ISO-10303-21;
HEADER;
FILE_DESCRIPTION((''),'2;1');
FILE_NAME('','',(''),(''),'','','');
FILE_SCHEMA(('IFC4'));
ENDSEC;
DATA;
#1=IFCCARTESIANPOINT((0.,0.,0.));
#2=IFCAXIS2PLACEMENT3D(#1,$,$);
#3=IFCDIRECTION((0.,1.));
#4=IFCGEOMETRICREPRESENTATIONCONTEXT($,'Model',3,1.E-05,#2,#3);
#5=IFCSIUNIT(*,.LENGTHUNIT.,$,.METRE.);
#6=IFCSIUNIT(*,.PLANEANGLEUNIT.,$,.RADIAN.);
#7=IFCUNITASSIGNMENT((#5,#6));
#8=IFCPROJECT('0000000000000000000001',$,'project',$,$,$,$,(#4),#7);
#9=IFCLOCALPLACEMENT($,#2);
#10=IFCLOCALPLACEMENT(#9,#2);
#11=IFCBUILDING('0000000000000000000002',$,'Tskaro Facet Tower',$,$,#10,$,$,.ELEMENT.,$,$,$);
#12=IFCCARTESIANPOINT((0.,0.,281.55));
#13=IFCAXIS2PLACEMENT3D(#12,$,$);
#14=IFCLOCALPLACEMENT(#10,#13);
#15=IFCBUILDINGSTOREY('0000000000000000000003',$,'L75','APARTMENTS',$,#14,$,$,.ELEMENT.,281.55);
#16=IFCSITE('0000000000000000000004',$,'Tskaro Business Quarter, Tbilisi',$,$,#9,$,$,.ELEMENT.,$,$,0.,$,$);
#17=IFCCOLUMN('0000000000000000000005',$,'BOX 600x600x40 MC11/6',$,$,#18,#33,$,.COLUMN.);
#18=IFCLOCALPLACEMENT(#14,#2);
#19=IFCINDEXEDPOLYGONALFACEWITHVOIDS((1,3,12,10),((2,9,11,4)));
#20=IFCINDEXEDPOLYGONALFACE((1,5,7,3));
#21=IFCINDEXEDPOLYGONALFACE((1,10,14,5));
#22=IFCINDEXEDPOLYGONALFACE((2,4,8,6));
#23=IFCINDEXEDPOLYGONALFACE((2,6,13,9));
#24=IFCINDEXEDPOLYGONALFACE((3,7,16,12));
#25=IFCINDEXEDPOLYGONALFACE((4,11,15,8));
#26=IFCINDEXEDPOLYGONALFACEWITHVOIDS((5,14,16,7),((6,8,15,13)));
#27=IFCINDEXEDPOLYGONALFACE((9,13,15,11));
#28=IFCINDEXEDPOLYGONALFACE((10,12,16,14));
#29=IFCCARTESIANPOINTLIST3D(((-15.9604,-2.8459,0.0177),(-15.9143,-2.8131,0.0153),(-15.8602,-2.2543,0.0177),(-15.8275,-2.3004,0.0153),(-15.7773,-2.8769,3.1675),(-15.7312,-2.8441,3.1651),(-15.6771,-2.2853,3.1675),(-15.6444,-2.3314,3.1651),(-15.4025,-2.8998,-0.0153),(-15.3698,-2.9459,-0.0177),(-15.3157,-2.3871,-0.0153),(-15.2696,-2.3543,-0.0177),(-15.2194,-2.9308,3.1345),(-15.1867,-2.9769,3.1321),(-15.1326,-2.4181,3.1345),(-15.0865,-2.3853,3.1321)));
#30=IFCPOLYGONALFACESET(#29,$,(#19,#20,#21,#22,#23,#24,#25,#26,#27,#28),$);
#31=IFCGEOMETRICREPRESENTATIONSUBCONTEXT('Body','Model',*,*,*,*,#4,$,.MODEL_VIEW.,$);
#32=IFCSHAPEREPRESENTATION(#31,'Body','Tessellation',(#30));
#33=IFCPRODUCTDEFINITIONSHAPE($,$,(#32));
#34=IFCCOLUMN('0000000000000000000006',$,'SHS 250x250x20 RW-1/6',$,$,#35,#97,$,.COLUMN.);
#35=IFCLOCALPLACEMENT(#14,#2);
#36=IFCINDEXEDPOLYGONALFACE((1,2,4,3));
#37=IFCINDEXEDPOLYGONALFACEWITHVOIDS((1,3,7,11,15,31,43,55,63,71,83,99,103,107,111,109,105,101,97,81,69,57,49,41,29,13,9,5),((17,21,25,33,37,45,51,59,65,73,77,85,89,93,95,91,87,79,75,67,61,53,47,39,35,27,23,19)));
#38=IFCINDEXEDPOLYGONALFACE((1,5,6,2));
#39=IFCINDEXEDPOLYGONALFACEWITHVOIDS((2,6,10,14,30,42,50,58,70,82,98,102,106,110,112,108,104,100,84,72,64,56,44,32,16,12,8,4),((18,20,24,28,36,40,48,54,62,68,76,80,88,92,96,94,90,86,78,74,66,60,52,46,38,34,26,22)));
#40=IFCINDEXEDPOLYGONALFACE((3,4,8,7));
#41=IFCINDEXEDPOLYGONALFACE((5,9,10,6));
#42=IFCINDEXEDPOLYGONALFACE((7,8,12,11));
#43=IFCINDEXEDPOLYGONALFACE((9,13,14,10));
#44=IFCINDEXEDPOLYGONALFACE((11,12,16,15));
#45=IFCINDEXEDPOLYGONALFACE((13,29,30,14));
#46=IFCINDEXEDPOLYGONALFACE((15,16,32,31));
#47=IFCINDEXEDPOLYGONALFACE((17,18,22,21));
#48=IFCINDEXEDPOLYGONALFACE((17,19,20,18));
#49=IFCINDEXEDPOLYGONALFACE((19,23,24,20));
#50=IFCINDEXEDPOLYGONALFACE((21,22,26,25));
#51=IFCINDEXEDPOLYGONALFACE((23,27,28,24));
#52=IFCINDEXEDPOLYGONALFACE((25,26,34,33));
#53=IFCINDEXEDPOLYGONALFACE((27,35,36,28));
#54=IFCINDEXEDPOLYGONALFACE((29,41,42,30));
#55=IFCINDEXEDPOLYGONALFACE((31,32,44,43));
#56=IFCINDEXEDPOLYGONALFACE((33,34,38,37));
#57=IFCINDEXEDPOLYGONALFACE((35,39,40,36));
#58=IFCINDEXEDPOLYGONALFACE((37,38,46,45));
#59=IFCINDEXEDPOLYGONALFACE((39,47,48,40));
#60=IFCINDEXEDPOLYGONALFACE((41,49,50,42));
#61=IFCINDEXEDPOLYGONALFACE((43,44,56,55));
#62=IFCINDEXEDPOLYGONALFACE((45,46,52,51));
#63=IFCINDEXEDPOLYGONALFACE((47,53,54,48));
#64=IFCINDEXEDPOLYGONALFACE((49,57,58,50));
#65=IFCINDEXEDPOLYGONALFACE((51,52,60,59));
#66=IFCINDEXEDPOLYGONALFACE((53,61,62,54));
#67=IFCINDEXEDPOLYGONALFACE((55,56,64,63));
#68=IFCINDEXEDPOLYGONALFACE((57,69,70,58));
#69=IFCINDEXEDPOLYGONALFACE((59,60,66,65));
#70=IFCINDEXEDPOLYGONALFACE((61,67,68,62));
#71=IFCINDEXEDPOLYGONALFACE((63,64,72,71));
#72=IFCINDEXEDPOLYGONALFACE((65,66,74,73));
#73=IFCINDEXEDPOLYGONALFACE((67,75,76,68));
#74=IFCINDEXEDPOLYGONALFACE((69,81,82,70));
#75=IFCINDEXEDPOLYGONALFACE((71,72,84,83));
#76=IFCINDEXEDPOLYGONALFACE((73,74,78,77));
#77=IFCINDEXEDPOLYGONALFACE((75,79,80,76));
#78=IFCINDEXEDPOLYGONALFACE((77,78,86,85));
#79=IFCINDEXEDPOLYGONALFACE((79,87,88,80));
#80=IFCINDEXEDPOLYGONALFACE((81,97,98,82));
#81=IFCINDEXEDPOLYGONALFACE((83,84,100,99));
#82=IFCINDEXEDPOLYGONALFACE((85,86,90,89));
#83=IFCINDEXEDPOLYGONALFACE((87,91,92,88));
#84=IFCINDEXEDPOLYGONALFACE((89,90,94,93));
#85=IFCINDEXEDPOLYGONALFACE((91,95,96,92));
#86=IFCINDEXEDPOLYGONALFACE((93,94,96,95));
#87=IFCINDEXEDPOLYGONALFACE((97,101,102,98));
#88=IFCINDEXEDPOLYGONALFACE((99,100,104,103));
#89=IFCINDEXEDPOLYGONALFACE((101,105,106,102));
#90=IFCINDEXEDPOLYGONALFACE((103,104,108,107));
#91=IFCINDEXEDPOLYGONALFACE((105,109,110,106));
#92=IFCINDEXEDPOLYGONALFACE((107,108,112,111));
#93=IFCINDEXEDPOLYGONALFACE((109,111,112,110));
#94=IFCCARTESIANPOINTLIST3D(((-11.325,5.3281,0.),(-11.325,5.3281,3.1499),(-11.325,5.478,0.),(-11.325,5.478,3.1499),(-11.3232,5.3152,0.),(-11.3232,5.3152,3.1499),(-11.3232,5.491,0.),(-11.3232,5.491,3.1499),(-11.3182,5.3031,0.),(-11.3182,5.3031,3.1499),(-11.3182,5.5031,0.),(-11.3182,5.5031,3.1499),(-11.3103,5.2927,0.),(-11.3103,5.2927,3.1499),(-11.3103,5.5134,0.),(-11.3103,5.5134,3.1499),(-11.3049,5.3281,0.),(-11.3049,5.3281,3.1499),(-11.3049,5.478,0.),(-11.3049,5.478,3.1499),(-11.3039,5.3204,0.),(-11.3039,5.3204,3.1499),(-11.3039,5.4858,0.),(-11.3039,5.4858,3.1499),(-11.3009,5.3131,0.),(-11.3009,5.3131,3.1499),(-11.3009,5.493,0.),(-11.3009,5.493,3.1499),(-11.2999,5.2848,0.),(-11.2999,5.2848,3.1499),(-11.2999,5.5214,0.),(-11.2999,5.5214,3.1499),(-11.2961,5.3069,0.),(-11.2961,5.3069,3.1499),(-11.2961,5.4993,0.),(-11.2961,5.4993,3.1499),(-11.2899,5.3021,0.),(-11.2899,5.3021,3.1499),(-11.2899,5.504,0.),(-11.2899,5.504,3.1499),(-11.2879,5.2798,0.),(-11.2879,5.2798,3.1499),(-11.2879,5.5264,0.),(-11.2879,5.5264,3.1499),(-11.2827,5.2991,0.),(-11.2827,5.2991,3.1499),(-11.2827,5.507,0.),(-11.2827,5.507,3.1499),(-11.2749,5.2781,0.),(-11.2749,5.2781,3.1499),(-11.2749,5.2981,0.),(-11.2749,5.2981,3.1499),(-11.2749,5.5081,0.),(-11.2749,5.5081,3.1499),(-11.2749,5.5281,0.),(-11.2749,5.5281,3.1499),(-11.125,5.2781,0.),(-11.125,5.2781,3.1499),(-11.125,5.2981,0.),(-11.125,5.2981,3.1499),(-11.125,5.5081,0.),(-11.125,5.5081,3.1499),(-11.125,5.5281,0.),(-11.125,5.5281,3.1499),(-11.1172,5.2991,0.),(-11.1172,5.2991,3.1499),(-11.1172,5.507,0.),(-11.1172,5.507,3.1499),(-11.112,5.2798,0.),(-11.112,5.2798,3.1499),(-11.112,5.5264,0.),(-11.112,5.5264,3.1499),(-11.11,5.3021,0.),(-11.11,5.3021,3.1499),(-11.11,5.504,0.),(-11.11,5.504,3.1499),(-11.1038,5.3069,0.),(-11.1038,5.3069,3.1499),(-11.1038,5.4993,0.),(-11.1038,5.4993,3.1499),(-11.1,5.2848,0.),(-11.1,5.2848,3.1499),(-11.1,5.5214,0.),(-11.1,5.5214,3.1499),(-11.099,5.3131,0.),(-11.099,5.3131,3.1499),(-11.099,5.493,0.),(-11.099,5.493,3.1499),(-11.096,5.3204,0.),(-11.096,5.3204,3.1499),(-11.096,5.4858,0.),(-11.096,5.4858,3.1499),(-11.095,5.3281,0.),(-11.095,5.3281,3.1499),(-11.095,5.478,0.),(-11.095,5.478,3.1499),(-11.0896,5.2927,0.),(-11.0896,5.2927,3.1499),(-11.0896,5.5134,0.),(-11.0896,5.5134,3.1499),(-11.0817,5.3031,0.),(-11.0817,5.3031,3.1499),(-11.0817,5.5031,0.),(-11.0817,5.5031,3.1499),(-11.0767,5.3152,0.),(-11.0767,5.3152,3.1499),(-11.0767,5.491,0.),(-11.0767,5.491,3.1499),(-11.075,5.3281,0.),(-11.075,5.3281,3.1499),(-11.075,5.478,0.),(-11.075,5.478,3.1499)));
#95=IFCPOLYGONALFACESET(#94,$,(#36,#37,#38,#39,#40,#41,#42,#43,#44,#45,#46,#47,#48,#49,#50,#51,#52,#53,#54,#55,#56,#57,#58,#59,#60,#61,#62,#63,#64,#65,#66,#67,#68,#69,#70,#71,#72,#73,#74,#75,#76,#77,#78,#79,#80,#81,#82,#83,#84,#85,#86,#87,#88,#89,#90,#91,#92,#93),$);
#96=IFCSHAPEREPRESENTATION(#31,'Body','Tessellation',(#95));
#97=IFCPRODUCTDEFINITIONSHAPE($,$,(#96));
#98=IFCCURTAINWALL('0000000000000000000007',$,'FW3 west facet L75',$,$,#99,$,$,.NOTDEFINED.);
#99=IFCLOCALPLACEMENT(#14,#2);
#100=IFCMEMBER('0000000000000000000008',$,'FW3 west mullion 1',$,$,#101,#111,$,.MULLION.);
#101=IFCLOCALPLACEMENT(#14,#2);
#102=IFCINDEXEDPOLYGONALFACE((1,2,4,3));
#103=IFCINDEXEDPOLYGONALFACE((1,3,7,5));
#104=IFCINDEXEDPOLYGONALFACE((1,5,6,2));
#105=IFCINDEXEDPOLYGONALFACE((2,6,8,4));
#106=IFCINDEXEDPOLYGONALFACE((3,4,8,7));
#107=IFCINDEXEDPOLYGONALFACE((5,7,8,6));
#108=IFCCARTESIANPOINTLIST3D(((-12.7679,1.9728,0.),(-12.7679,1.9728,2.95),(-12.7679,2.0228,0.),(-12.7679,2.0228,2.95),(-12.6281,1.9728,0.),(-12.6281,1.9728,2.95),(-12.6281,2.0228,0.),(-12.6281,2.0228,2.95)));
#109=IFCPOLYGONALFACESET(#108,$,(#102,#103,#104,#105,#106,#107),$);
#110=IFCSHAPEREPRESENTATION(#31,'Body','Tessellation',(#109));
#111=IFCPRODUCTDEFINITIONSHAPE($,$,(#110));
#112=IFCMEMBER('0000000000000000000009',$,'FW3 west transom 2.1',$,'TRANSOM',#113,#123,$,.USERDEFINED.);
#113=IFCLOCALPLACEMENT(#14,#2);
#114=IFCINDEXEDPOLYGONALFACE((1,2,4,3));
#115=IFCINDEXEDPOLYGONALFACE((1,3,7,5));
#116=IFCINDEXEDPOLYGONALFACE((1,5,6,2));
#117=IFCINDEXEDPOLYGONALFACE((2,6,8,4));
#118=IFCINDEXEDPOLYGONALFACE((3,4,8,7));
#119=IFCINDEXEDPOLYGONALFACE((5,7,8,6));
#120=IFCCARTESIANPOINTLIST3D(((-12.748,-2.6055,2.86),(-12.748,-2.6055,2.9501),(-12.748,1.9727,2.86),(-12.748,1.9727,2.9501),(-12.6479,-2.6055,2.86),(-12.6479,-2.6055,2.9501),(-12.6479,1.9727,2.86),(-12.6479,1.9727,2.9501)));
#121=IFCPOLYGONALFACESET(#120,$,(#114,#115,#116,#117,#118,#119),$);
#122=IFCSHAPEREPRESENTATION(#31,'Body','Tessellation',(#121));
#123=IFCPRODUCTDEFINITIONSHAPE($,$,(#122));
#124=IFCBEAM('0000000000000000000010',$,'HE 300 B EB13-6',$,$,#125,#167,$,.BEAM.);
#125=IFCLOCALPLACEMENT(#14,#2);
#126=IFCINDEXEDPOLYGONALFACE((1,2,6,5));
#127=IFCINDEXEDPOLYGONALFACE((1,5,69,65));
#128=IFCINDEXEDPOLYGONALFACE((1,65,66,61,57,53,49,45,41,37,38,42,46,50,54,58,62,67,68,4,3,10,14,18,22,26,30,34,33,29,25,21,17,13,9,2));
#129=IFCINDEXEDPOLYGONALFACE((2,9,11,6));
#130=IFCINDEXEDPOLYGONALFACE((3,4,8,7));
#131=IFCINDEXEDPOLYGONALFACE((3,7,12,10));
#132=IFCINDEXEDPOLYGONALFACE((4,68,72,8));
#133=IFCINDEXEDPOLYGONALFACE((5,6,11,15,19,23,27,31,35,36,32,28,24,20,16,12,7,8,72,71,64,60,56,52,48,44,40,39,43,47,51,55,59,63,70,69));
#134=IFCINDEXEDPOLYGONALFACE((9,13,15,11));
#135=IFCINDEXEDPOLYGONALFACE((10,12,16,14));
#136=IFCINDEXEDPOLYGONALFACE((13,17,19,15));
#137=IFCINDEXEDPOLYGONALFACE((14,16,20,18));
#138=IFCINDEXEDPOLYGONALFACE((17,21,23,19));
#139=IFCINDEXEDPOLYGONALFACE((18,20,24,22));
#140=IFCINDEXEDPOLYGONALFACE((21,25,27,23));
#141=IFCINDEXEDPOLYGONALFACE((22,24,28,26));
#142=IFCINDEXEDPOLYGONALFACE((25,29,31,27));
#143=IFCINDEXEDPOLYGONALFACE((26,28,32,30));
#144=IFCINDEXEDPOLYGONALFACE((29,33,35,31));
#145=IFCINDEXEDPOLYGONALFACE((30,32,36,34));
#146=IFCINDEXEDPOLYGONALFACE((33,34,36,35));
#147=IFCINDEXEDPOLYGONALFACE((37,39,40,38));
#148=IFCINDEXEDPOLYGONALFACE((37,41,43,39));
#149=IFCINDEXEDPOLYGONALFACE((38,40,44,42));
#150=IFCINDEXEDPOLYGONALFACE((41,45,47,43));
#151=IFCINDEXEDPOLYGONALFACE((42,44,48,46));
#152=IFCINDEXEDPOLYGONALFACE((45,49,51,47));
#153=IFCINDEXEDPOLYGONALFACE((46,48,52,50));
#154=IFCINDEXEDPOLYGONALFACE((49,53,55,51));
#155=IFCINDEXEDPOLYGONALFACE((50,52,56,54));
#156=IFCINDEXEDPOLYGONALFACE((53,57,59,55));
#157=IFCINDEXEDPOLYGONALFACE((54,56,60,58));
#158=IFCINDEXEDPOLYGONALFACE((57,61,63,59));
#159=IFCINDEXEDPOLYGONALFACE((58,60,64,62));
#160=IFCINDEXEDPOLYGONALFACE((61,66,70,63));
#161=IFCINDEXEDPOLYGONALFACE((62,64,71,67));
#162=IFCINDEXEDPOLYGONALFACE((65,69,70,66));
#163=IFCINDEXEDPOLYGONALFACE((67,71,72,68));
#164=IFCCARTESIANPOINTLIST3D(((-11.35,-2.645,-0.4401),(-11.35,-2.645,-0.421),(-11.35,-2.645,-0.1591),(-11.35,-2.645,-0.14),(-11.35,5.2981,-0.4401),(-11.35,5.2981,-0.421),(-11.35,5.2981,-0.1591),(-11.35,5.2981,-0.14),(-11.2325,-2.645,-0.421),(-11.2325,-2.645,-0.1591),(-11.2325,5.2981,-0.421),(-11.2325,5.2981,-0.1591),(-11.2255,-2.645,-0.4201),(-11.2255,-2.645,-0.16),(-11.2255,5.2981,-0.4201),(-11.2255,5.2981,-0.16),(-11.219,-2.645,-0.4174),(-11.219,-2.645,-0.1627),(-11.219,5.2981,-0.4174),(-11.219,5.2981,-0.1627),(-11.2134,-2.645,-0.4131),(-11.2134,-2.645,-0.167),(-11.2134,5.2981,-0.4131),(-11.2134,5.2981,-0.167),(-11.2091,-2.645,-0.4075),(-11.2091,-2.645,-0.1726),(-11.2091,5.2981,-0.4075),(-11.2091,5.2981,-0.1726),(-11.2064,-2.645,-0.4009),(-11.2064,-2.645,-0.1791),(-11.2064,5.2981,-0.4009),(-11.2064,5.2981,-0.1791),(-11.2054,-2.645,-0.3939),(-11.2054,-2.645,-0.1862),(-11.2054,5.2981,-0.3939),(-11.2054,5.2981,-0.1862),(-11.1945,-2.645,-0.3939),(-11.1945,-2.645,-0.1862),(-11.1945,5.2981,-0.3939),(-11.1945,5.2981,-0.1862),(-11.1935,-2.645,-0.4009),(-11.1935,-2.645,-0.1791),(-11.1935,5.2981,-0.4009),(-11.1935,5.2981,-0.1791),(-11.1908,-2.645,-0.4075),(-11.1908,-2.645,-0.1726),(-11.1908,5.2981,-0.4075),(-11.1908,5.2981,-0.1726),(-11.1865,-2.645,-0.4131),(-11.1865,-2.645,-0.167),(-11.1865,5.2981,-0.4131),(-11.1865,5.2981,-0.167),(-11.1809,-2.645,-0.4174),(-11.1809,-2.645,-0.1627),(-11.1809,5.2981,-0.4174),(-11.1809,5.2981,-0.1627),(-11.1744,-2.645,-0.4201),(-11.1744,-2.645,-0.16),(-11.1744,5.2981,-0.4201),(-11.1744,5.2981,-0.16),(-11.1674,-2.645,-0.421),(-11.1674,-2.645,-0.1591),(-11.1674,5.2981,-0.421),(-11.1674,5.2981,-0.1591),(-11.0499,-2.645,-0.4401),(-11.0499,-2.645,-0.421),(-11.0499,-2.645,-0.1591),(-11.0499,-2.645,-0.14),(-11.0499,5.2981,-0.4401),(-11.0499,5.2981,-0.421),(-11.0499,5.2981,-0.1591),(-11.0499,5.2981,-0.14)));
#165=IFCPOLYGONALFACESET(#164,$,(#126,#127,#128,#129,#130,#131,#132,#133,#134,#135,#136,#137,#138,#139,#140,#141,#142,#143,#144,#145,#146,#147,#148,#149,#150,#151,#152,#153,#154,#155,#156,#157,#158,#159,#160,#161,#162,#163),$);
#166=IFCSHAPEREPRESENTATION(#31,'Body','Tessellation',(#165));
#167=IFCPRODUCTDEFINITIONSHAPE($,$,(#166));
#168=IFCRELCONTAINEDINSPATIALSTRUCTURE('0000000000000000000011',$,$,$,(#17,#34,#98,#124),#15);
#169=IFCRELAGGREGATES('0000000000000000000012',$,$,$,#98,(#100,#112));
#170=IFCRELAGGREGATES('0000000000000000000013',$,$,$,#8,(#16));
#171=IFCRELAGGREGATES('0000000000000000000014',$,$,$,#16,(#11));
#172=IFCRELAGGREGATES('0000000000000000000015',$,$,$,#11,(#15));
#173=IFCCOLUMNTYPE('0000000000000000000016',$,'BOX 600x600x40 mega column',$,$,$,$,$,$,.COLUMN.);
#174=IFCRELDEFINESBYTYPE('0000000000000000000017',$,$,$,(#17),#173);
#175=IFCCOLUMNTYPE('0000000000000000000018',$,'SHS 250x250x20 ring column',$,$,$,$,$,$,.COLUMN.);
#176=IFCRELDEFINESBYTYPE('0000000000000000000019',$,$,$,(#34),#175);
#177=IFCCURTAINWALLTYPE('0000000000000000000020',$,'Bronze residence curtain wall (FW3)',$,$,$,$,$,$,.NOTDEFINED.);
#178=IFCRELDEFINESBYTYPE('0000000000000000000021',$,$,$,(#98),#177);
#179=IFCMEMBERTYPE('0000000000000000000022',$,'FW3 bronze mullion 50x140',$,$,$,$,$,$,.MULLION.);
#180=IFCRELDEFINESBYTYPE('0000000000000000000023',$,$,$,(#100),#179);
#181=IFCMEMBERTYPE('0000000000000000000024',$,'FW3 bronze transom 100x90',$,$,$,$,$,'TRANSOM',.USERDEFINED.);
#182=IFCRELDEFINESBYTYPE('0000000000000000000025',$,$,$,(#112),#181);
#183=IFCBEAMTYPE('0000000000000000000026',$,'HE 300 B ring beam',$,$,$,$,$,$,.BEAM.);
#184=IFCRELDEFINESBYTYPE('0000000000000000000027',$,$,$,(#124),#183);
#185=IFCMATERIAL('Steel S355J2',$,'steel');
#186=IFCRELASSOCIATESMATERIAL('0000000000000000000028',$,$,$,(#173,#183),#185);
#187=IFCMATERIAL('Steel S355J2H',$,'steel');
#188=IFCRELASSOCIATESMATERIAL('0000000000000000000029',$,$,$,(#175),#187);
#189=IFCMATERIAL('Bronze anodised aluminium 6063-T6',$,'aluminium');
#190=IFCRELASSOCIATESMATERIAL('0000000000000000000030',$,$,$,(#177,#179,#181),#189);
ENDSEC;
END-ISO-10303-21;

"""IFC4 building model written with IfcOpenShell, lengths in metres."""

from ifc_helpers import new_model, si_unit, direction, frame, origin, origin_2d, place, context, subcontext, project, spatial, rectangle, hollow_rectangle, i_section, extrude, material, material_profile, profile_set, type_object, element, aggregate, save


model = new_model("IFC4")

# Units and contexts
model_context = context("Model", 3, precision=1e-05, world=origin(), true_north=direction((0.0, 1.0)))
body_context = subcontext(model_context, "Body", "Model", "MODEL_VIEW")
ifc_project = project(units=[si_unit("LENGTHUNIT", "METRE"), si_unit("PLANEANGLEUNIT", "RADIAN")], contexts=[model_context])

# Site, building, storey
site_placement = place(None, origin())
site = spatial("IfcSite", under=ifc_project, at=site_placement, Name="Tskaro Business Quarter, Tbilisi", CompositionType="ELEMENT", RefElevation=0.0)
building_placement = place(site_placement, origin())
building = spatial("IfcBuilding", under=site, at=building_placement, Name="Tskaro Facet Tower", CompositionType="ELEMENT")
storey_placement = place(building_placement, frame((0.0, 0.0, 281.55)))
storey = spatial("IfcBuildingStorey", under=building, at=storey_placement, Name="L75", Description="APARTMENTS", CompositionType="ELEMENT", Elevation=281.55)

# Columns
ifc_material_1 = material(Name="Steel S355J2", Category="steel")
ifc_material_profile_1 = material_profile(ifc_material_1, hollow_rectangle(XDim=0.6001, YDim=0.6001, WallThickness=0.04, at=origin_2d()), Name="BOX 600x600x40")
ifc_profile_set_1 = profile_set([ifc_material_profile_1], Name="Steel S355J2")
column_type_1 = type_object("IfcColumnType", Name="BOX 600x600x40 mega column", PredefinedType="COLUMN", material=ifc_profile_set_1)
column_1_placement = place(storey_placement, frame((-15.615, -2.6001, 0.0), z_axis=(0.05803, -0.009826, 0.998266), x_axis=(0.166957, 0.985964, 0.0)))
element("IfcColumn", 1, at=column_1_placement, inside=storey, type_object=column_type_1, Name="BOX 600x600x40 MC11/6", PredefinedType="COLUMN", context=body_context, shape_type="SweptSolid", body=[
    extrude(hollow_rectangle(XDim=0.6001, YDim=0.6001, WallThickness=0.04, at=origin_2d()), origin(), (0.0, 0.0, 1.0), 3.1553),
])
ifc_material_2 = material(Name="Steel S355J2H", Category="steel")
ifc_material_profile_2 = material_profile(ifc_material_2, hollow_rectangle(XDim=0.25, YDim=0.25, WallThickness=0.02, InnerFilletRadius=0.03, OuterFilletRadius=0.05, at=origin_2d()), Name="SHS 250x250x20")
ifc_profile_set_2 = profile_set([ifc_material_profile_2], Name="Steel S355J2H")
column_type_2 = type_object("IfcColumnType", Name="SHS 250x250x20 ring column", PredefinedType="COLUMN", material=ifc_profile_set_2)
column_2_placement = place(storey_placement, frame((-11.2, 5.4031, 0.0), z_axis=(0.0, 0.0, 1.0), x_axis=(1.0, 0.0, 0.0)))
element("IfcColumn", 2, at=column_2_placement, inside=storey, type_object=column_type_2, Name="SHS 250x250x20 RW-1/6", PredefinedType="COLUMN", context=body_context, shape_type="SweptSolid", body=[
    extrude(hollow_rectangle(XDim=0.25, YDim=0.25, WallThickness=0.02, InnerFilletRadius=0.03, OuterFilletRadius=0.05, at=origin_2d()), origin(), (0.0, 0.0, 1.0), 3.1499),
])

# Curtain wall, members
ifc_material_3 = material(Name="Bronze anodised aluminium 6063-T6", Category="aluminium")
curtain_wall_type = type_object("IfcCurtainWallType", Name="Bronze residence curtain wall (FW3)", PredefinedType="NOTDEFINED", material=ifc_material_3)
curtain_wall_placement = place(storey_placement, origin())
curtain_wall = element("IfcCurtainWall", 3, at=curtain_wall_placement, inside=storey, type_object=curtain_wall_type, Name="FW3 west facet L75", PredefinedType="NOTDEFINED")
ifc_material_profile_3 = material_profile(ifc_material_3, rectangle(XDim=0.05, YDim=0.1399, at=origin_2d()), Name="Mullion 50x140")
ifc_profile_set_3 = profile_set([ifc_material_profile_3], Name="Bronze anodised aluminium 6063-T6")
member_type_1 = type_object("IfcMemberType", Name="FW3 bronze mullion 50x140", PredefinedType="MULLION", material=ifc_profile_set_3)
member_1_placement = place(storey_placement, frame((-12.698, 1.9978, 0.0), z_axis=(0.0, 0.0, 1.0), x_axis=(0.0, -1.0, 0.0)))
member_1 = element("IfcMember", 4, at=member_1_placement, type_object=member_type_1, Name="FW3 west mullion 1", PredefinedType="MULLION", context=body_context, shape_type="SweptSolid", body=[
    extrude(rectangle(XDim=0.05, YDim=0.1399, at=origin_2d()), origin(), (0.0, 0.0, 1.0), 2.95),
])
ifc_material_profile_4 = material_profile(ifc_material_3, rectangle(XDim=0.1001, YDim=0.0901, at=origin_2d()), Name="Transom 100x90")
ifc_profile_set_4 = profile_set([ifc_material_profile_4], Name="Bronze anodised aluminium 6063-T6")
member_type_2 = type_object("IfcMemberType", Name="FW3 bronze transom 100x90", ElementType="TRANSOM", PredefinedType="USERDEFINED", material=ifc_profile_set_4)
member_2_placement = place(storey_placement, frame((-12.698, 1.9727, 2.905), z_axis=(0.0, -1.0, 0.0), x_axis=(1.0, 0.0, 0.0)))
member_2 = element("IfcMember", 5, at=member_2_placement, type_object=member_type_2, Name="FW3 west transom 2.1", ObjectType="TRANSOM", PredefinedType="USERDEFINED", context=body_context, shape_type="SweptSolid", body=[
    extrude(rectangle(XDim=0.1001, YDim=0.0901, at=origin_2d()), origin(), (0.0, 0.0, 1.0), 4.5781),
])

# Beam
ifc_material_profile_5 = material_profile(ifc_material_1, i_section(OverallWidth=0.3, OverallDepth=0.3, WebThickness=0.011, FlangeThickness=0.019, FilletRadius=0.0271, at=origin_2d()), Name="HE 300 B")
ifc_profile_set_5 = profile_set([ifc_material_profile_5], Name="Steel S355J2")
beam_type_1 = type_object("IfcBeamType", Name="HE 300 B ring beam", PredefinedType="BEAM", material=ifc_profile_set_5)
beam_1_placement = place(storey_placement, frame((-11.2, 5.2981, -0.29), z_axis=(0.0, -1.0, 0.0), x_axis=(1.0, 0.0, 0.0)))
element("IfcBeam", 6, at=beam_1_placement, inside=storey, type_object=beam_type_1, Name="HE 300 B EB13-6", PredefinedType="BEAM", context=body_context, shape_type="SweptSolid", body=[
    extrude(i_section(OverallWidth=0.3, OverallDepth=0.3, WebThickness=0.011, FlangeThickness=0.019, FilletRadius=0.0271, at=origin_2d()), origin(), (0.0, 0.0, 1.0), 7.9431),
])

aggregate(curtain_wall, [member_1, member_2])

save(model, "model.ifc")
